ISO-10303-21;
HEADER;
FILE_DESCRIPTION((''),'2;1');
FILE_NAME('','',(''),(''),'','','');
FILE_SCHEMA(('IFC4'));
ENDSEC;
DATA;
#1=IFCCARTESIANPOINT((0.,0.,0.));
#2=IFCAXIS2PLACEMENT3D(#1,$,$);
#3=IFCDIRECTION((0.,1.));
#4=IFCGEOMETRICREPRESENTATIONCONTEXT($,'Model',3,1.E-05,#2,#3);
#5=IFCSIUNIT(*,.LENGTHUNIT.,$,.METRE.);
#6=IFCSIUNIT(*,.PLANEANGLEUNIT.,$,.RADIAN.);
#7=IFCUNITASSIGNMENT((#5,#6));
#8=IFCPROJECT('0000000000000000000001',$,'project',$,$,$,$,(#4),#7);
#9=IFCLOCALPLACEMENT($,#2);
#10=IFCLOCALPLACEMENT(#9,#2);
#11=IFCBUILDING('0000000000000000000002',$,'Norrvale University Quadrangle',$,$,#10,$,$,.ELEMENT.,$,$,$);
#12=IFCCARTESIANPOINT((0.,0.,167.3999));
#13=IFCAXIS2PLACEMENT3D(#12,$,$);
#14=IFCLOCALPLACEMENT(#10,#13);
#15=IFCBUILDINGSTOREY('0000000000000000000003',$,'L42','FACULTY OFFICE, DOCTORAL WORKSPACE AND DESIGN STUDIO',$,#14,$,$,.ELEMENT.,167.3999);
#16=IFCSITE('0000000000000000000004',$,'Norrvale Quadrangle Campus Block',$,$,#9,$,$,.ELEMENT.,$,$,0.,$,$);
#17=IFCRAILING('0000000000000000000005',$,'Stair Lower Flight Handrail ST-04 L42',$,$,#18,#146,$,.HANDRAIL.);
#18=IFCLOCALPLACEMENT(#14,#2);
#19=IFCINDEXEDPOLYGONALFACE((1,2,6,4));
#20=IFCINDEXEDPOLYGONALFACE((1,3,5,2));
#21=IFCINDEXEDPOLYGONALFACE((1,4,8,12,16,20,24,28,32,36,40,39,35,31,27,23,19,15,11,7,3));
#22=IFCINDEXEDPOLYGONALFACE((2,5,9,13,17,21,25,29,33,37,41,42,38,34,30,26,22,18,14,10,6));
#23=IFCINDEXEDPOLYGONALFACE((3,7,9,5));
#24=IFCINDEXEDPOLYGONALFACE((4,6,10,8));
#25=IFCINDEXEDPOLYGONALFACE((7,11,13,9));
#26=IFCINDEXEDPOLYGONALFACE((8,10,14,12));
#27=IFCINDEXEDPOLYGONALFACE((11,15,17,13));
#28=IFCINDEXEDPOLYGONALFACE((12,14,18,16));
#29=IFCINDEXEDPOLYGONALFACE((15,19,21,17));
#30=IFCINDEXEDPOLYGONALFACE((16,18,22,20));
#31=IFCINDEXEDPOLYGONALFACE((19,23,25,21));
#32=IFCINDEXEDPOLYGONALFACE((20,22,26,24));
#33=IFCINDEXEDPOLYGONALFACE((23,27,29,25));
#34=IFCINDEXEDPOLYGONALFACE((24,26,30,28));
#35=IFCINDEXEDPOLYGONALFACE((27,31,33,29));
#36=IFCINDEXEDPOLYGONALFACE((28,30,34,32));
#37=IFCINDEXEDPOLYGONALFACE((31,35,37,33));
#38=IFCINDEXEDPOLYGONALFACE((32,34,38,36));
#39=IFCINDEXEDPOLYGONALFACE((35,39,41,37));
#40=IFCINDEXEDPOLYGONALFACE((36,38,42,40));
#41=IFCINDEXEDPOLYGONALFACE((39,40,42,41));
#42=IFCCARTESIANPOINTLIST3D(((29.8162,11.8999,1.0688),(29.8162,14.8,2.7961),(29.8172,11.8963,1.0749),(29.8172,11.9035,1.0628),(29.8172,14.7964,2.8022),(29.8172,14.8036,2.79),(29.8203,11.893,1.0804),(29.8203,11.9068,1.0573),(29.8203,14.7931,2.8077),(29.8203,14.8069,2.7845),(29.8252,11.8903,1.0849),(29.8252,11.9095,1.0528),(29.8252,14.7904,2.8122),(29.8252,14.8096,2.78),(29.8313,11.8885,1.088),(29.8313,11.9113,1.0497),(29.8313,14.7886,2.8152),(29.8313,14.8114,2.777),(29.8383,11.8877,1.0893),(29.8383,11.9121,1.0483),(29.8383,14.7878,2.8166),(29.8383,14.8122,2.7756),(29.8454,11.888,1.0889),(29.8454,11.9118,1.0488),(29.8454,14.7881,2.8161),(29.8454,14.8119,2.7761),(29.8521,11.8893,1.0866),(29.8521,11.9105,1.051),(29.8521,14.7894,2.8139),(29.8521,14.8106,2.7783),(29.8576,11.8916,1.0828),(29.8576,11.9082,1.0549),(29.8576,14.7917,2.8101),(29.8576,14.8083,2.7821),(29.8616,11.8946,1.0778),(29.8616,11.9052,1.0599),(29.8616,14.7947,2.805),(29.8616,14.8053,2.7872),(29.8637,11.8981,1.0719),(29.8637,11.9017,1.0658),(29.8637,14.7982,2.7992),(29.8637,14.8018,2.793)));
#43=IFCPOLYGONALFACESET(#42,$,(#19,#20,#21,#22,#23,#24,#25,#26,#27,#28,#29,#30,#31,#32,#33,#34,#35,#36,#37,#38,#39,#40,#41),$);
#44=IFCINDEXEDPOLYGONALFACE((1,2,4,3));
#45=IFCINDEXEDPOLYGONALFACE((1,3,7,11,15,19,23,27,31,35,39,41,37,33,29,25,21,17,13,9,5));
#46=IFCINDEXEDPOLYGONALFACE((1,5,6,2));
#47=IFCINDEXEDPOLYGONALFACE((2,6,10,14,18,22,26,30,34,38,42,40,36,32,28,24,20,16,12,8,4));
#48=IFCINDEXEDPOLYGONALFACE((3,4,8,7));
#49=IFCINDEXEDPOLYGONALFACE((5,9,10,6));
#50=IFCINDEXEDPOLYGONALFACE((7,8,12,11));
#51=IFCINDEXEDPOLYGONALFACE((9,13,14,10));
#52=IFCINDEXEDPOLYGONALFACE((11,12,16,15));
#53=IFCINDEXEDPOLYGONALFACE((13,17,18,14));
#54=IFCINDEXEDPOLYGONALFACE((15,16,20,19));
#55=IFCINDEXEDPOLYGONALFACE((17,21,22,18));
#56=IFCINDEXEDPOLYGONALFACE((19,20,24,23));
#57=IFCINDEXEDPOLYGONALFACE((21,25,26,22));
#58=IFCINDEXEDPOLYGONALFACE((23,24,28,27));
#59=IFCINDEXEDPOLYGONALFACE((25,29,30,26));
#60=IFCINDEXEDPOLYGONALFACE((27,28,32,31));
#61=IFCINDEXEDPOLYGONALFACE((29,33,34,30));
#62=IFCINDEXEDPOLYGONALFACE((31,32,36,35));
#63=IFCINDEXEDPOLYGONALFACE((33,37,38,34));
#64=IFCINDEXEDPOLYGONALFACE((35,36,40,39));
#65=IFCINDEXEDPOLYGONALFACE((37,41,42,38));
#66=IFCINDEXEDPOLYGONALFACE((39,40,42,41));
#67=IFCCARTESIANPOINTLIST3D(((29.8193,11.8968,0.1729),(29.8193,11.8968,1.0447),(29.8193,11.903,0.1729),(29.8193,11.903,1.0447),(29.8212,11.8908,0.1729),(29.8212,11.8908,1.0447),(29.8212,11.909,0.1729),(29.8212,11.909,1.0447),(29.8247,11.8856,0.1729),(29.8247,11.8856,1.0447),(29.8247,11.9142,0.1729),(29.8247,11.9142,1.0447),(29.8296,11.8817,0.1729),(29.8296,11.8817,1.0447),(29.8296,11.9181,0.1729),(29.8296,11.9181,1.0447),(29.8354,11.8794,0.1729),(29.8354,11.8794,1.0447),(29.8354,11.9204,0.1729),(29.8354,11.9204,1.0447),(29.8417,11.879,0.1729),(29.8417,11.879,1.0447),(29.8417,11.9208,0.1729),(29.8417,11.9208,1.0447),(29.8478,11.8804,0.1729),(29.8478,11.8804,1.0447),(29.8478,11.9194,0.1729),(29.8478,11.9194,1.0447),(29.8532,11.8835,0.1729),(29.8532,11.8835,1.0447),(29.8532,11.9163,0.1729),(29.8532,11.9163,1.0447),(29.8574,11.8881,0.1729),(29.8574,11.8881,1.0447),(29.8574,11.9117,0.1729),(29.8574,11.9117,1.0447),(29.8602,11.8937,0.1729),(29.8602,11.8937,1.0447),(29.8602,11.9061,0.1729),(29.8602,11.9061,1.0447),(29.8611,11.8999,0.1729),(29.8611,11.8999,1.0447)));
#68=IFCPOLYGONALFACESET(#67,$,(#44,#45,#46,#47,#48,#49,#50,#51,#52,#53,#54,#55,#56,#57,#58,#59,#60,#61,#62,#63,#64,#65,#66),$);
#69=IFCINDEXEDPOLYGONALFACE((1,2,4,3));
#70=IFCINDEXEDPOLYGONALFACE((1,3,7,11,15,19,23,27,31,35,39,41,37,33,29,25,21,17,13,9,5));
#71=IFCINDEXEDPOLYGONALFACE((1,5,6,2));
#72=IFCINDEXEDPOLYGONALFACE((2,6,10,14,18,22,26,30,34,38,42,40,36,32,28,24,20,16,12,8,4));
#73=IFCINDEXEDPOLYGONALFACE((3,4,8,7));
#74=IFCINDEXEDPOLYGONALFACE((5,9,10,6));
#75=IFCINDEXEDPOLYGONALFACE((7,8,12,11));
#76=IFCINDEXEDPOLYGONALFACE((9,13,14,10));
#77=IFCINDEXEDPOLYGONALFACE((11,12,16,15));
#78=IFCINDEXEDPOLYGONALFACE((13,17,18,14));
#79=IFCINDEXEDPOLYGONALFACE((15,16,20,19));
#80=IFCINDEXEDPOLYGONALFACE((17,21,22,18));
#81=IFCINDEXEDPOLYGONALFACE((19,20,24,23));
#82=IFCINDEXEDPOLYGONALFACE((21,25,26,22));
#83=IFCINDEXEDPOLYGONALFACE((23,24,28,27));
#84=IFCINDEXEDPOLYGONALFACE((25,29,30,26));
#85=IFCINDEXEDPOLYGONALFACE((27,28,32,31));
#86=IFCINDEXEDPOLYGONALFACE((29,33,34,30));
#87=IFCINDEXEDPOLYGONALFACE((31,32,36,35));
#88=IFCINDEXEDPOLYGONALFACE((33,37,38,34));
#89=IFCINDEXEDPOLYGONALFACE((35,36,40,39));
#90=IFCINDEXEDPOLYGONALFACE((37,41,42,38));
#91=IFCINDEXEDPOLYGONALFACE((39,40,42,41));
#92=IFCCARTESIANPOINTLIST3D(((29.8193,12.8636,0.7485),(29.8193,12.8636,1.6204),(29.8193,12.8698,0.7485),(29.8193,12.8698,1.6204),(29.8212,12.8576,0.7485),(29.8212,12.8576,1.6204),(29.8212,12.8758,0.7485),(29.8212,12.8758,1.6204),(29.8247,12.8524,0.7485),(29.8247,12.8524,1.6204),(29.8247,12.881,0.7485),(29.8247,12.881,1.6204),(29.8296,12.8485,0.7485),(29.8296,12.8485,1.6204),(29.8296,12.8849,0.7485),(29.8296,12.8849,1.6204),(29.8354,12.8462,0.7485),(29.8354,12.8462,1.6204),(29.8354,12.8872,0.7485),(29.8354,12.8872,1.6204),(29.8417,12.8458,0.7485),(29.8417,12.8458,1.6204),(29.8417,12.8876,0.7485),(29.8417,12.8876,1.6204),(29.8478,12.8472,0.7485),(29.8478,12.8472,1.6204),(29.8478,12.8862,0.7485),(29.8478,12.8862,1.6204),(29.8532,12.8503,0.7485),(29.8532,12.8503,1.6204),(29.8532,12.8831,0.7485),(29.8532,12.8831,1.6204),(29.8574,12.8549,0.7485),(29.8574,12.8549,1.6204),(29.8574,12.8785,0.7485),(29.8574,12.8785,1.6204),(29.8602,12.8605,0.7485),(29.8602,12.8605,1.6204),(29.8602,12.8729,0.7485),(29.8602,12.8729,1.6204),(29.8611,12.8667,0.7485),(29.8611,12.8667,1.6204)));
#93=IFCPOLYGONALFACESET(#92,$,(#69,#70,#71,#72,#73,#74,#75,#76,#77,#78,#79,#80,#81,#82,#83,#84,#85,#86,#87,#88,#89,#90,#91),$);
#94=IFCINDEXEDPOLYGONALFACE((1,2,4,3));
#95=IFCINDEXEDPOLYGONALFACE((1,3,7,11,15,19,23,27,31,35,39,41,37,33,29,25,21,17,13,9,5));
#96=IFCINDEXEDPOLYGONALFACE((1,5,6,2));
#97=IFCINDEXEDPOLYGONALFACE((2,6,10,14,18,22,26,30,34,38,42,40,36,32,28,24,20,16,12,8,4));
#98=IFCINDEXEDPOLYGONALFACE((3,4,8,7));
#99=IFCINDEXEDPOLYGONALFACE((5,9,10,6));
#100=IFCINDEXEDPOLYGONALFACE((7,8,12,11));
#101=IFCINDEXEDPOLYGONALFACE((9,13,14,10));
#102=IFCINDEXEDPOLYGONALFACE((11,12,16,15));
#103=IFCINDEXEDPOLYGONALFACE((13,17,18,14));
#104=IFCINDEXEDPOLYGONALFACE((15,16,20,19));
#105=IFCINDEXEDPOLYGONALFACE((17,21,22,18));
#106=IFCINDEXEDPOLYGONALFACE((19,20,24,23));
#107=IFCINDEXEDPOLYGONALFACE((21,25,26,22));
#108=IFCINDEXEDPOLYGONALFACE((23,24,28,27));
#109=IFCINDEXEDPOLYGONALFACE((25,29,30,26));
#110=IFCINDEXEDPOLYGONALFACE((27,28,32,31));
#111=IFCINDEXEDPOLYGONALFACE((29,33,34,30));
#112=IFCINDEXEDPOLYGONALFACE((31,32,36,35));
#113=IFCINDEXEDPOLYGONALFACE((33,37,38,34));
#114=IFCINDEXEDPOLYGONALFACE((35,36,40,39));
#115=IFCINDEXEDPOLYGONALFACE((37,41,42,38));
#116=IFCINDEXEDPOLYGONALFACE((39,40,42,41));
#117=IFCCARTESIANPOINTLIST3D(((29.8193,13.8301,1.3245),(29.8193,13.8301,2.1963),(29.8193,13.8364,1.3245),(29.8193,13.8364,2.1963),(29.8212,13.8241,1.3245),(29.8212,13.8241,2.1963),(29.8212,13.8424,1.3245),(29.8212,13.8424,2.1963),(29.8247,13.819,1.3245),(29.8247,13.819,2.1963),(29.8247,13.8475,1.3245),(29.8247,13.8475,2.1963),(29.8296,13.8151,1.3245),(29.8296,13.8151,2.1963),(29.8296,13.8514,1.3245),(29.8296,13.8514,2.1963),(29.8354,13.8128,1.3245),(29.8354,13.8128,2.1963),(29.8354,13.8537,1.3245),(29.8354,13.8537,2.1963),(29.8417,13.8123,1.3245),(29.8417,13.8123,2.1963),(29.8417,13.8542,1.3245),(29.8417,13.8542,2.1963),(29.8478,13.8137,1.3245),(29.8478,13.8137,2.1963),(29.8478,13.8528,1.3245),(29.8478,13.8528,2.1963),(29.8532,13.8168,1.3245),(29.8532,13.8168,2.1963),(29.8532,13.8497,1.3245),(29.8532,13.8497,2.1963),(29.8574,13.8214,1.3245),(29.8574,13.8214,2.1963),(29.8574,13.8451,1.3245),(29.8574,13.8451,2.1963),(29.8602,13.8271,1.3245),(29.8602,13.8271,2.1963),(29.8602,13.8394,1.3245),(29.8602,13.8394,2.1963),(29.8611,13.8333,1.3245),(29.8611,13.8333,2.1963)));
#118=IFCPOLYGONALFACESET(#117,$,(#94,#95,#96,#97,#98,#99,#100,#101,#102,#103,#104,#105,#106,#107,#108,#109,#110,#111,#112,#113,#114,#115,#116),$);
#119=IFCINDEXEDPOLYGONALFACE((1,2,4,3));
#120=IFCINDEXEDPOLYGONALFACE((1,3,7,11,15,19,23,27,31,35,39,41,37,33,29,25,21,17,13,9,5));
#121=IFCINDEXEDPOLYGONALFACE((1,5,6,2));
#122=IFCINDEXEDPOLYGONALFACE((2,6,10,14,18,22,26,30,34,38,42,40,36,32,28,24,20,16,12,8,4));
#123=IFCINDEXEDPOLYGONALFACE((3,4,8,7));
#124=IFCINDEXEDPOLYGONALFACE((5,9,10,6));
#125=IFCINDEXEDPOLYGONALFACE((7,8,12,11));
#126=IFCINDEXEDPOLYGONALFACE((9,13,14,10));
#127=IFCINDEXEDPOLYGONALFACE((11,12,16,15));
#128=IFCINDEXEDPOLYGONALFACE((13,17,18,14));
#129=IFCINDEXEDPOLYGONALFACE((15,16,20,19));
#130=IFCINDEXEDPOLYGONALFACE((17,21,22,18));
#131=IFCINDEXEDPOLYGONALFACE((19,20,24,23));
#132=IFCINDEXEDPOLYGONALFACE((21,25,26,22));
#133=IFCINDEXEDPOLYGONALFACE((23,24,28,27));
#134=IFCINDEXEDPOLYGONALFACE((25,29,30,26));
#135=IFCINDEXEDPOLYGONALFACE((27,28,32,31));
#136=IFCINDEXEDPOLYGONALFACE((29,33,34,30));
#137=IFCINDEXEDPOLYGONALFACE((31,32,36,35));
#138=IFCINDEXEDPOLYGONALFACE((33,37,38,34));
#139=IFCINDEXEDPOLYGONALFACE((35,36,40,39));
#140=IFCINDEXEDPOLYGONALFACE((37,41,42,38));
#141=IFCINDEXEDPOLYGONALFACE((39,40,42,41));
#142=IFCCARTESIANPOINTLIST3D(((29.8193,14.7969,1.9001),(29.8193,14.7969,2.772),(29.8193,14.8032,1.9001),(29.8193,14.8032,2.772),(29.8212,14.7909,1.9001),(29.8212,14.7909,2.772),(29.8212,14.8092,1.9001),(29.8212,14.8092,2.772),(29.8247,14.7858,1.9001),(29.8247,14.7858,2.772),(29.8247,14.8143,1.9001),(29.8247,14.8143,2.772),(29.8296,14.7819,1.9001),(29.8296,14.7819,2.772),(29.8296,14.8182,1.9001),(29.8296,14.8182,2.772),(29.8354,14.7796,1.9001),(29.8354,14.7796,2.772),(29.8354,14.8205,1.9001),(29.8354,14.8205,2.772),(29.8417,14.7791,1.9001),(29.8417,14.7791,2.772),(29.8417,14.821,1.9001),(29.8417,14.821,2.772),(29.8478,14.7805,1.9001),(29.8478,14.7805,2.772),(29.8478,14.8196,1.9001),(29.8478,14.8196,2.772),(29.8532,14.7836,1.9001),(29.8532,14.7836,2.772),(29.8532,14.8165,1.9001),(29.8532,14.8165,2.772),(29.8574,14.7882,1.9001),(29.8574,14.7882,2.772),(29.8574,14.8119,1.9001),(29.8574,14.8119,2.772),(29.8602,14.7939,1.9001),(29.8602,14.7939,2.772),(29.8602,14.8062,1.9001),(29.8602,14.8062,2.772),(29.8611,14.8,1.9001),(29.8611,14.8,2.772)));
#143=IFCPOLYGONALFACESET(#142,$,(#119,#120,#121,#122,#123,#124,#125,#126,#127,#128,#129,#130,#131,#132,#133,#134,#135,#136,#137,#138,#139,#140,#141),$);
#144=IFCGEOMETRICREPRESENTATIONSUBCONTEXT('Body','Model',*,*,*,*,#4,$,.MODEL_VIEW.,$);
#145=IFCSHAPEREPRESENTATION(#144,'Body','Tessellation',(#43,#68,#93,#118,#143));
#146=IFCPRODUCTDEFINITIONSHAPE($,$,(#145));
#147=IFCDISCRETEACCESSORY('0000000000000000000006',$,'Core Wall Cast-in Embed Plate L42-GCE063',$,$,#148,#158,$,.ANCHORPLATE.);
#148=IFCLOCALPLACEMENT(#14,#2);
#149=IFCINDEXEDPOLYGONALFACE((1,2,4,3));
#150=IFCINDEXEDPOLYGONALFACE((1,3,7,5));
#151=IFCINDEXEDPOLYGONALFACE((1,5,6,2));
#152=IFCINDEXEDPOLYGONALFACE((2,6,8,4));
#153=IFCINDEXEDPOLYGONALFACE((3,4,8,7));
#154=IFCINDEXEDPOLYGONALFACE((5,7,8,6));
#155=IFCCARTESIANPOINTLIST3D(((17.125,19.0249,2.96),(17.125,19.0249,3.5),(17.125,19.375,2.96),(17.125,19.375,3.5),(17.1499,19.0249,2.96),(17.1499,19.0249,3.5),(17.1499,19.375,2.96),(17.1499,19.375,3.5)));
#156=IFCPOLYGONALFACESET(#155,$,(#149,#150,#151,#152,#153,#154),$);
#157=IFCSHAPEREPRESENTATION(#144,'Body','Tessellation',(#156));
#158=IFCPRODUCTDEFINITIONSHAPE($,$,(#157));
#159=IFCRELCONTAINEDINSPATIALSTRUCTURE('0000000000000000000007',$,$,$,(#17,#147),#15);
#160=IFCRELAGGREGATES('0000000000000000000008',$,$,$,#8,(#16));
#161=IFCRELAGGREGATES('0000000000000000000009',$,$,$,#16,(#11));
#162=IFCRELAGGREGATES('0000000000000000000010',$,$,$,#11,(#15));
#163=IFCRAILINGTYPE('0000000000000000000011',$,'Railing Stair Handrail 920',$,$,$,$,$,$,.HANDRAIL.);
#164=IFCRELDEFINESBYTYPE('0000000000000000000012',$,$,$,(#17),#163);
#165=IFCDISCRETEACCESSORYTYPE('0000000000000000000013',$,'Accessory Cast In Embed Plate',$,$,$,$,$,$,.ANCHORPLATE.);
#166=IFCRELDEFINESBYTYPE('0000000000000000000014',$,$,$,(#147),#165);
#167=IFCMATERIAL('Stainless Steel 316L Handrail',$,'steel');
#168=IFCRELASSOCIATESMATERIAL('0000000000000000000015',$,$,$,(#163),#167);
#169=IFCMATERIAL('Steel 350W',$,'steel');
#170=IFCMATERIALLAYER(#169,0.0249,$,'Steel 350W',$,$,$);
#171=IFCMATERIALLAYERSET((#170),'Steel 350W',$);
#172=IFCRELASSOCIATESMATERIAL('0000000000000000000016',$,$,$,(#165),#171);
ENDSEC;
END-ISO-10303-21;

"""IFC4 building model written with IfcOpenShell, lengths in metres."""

from ifc_helpers import new_model, si_unit, direction, frame, origin, origin_2d, place, context, subcontext, project, spatial, rectangle, circle, extrude, material, layer, layer_set, type_object, element, save


model = new_model("IFC4")

# Units and contexts
model_context = context("Model", 3, precision=1e-05, world=origin(), true_north=direction((0.0, 1.0)))
body_context = subcontext(model_context, "Body", "Model", "MODEL_VIEW")
ifc_project = project(units=[si_unit("LENGTHUNIT", "METRE"), si_unit("PLANEANGLEUNIT", "RADIAN")], contexts=[model_context])

# Site, building, storey
site_placement = place(None, origin())
site = spatial("IfcSite", under=ifc_project, at=site_placement, Name="Norrvale Quadrangle Campus Block", CompositionType="ELEMENT", RefElevation=0.0)
building_placement = place(site_placement, origin())
building = spatial("IfcBuilding", under=site, at=building_placement, Name="Norrvale University Quadrangle", CompositionType="ELEMENT")
storey_placement = place(building_placement, frame((0.0, 0.0, 167.3999)))
storey = spatial("IfcBuildingStorey", under=building, at=storey_placement, Name="L42", Description="FACULTY OFFICE, DOCTORAL WORKSPACE AND DESIGN STUDIO", CompositionType="ELEMENT", Elevation=167.3999)

# Shared definitions
ifc_material_1 = material(Name="Steel 350W", Category="steel")

# Railing
ifc_material_2 = material(Name="Stainless Steel 316L Handrail", Category="steel")
railing_type_1 = type_object("IfcRailingType", Name="Railing Stair Handrail 920", PredefinedType="HANDRAIL", material=ifc_material_2)
railing_1_placement = place(storey_placement, frame((29.8401, 11.8999, 0.1729)))
element("IfcRailing", 1, at=railing_1_placement, inside=storey, type_object=railing_type_1, Name="Stair Lower Flight Handrail ST-04 L42", PredefinedType="HANDRAIL", context=body_context, shape_type="SweptSolid", body=[
    extrude(circle(Radius=0.0239, at=origin_2d()), frame((0.0, 0.0, 0.896), z_axis=(0.0, 0.85916, 0.511706), x_axis=(-1.0, 0.0, 0.0)), (0.0, 0.0, 1.0), 3.3755),
    extrude(circle(Radius=0.021, at=origin_2d()), origin(), (0.0, 0.0, 1.0), 0.8718),
    extrude(circle(Radius=0.021, at=origin_2d()), frame((0.0, 0.9668, 0.5757)), (0.0, 0.0, 1.0), 0.8718),
    extrude(circle(Radius=0.021, at=origin_2d()), frame((0.0, 1.9333, 1.1516)), (0.0, 0.0, 1.0), 0.8718),
    extrude(circle(Radius=0.021, at=origin_2d()), frame((0.0, 2.9001, 1.7273)), (0.0, 0.0, 1.0), 0.8718),
])

# Discrete accessory
ifc_layer_1 = layer(ifc_material_1, 0.0249, Name="Steel 350W")
ifc_layer_set_1 = layer_set([ifc_layer_1], Name="Steel 350W")
discrete_accessory_type = type_object("IfcDiscreteAccessoryType", Name="Accessory Cast In Embed Plate", PredefinedType="ANCHORPLATE", material=ifc_layer_set_1)
discrete_accessory_placement = place(storey_placement, frame((17.1375, 19.2, 2.96), z_axis=(0.0, 0.0, 1.0), x_axis=(1.0, 0.0, 0.0)))
element("IfcDiscreteAccessory", 2, at=discrete_accessory_placement, inside=storey, type_object=discrete_accessory_type, Name="Core Wall Cast-in Embed Plate L42-GCE063", PredefinedType="ANCHORPLATE", context=body_context, shape_type="SweptSolid", body=[
    extrude(rectangle(XDim=0.0249, YDim=0.3501, at=origin_2d()), origin(), (0.0, 0.0, 1.0), 0.54),
])

save(model, "model.ifc")
